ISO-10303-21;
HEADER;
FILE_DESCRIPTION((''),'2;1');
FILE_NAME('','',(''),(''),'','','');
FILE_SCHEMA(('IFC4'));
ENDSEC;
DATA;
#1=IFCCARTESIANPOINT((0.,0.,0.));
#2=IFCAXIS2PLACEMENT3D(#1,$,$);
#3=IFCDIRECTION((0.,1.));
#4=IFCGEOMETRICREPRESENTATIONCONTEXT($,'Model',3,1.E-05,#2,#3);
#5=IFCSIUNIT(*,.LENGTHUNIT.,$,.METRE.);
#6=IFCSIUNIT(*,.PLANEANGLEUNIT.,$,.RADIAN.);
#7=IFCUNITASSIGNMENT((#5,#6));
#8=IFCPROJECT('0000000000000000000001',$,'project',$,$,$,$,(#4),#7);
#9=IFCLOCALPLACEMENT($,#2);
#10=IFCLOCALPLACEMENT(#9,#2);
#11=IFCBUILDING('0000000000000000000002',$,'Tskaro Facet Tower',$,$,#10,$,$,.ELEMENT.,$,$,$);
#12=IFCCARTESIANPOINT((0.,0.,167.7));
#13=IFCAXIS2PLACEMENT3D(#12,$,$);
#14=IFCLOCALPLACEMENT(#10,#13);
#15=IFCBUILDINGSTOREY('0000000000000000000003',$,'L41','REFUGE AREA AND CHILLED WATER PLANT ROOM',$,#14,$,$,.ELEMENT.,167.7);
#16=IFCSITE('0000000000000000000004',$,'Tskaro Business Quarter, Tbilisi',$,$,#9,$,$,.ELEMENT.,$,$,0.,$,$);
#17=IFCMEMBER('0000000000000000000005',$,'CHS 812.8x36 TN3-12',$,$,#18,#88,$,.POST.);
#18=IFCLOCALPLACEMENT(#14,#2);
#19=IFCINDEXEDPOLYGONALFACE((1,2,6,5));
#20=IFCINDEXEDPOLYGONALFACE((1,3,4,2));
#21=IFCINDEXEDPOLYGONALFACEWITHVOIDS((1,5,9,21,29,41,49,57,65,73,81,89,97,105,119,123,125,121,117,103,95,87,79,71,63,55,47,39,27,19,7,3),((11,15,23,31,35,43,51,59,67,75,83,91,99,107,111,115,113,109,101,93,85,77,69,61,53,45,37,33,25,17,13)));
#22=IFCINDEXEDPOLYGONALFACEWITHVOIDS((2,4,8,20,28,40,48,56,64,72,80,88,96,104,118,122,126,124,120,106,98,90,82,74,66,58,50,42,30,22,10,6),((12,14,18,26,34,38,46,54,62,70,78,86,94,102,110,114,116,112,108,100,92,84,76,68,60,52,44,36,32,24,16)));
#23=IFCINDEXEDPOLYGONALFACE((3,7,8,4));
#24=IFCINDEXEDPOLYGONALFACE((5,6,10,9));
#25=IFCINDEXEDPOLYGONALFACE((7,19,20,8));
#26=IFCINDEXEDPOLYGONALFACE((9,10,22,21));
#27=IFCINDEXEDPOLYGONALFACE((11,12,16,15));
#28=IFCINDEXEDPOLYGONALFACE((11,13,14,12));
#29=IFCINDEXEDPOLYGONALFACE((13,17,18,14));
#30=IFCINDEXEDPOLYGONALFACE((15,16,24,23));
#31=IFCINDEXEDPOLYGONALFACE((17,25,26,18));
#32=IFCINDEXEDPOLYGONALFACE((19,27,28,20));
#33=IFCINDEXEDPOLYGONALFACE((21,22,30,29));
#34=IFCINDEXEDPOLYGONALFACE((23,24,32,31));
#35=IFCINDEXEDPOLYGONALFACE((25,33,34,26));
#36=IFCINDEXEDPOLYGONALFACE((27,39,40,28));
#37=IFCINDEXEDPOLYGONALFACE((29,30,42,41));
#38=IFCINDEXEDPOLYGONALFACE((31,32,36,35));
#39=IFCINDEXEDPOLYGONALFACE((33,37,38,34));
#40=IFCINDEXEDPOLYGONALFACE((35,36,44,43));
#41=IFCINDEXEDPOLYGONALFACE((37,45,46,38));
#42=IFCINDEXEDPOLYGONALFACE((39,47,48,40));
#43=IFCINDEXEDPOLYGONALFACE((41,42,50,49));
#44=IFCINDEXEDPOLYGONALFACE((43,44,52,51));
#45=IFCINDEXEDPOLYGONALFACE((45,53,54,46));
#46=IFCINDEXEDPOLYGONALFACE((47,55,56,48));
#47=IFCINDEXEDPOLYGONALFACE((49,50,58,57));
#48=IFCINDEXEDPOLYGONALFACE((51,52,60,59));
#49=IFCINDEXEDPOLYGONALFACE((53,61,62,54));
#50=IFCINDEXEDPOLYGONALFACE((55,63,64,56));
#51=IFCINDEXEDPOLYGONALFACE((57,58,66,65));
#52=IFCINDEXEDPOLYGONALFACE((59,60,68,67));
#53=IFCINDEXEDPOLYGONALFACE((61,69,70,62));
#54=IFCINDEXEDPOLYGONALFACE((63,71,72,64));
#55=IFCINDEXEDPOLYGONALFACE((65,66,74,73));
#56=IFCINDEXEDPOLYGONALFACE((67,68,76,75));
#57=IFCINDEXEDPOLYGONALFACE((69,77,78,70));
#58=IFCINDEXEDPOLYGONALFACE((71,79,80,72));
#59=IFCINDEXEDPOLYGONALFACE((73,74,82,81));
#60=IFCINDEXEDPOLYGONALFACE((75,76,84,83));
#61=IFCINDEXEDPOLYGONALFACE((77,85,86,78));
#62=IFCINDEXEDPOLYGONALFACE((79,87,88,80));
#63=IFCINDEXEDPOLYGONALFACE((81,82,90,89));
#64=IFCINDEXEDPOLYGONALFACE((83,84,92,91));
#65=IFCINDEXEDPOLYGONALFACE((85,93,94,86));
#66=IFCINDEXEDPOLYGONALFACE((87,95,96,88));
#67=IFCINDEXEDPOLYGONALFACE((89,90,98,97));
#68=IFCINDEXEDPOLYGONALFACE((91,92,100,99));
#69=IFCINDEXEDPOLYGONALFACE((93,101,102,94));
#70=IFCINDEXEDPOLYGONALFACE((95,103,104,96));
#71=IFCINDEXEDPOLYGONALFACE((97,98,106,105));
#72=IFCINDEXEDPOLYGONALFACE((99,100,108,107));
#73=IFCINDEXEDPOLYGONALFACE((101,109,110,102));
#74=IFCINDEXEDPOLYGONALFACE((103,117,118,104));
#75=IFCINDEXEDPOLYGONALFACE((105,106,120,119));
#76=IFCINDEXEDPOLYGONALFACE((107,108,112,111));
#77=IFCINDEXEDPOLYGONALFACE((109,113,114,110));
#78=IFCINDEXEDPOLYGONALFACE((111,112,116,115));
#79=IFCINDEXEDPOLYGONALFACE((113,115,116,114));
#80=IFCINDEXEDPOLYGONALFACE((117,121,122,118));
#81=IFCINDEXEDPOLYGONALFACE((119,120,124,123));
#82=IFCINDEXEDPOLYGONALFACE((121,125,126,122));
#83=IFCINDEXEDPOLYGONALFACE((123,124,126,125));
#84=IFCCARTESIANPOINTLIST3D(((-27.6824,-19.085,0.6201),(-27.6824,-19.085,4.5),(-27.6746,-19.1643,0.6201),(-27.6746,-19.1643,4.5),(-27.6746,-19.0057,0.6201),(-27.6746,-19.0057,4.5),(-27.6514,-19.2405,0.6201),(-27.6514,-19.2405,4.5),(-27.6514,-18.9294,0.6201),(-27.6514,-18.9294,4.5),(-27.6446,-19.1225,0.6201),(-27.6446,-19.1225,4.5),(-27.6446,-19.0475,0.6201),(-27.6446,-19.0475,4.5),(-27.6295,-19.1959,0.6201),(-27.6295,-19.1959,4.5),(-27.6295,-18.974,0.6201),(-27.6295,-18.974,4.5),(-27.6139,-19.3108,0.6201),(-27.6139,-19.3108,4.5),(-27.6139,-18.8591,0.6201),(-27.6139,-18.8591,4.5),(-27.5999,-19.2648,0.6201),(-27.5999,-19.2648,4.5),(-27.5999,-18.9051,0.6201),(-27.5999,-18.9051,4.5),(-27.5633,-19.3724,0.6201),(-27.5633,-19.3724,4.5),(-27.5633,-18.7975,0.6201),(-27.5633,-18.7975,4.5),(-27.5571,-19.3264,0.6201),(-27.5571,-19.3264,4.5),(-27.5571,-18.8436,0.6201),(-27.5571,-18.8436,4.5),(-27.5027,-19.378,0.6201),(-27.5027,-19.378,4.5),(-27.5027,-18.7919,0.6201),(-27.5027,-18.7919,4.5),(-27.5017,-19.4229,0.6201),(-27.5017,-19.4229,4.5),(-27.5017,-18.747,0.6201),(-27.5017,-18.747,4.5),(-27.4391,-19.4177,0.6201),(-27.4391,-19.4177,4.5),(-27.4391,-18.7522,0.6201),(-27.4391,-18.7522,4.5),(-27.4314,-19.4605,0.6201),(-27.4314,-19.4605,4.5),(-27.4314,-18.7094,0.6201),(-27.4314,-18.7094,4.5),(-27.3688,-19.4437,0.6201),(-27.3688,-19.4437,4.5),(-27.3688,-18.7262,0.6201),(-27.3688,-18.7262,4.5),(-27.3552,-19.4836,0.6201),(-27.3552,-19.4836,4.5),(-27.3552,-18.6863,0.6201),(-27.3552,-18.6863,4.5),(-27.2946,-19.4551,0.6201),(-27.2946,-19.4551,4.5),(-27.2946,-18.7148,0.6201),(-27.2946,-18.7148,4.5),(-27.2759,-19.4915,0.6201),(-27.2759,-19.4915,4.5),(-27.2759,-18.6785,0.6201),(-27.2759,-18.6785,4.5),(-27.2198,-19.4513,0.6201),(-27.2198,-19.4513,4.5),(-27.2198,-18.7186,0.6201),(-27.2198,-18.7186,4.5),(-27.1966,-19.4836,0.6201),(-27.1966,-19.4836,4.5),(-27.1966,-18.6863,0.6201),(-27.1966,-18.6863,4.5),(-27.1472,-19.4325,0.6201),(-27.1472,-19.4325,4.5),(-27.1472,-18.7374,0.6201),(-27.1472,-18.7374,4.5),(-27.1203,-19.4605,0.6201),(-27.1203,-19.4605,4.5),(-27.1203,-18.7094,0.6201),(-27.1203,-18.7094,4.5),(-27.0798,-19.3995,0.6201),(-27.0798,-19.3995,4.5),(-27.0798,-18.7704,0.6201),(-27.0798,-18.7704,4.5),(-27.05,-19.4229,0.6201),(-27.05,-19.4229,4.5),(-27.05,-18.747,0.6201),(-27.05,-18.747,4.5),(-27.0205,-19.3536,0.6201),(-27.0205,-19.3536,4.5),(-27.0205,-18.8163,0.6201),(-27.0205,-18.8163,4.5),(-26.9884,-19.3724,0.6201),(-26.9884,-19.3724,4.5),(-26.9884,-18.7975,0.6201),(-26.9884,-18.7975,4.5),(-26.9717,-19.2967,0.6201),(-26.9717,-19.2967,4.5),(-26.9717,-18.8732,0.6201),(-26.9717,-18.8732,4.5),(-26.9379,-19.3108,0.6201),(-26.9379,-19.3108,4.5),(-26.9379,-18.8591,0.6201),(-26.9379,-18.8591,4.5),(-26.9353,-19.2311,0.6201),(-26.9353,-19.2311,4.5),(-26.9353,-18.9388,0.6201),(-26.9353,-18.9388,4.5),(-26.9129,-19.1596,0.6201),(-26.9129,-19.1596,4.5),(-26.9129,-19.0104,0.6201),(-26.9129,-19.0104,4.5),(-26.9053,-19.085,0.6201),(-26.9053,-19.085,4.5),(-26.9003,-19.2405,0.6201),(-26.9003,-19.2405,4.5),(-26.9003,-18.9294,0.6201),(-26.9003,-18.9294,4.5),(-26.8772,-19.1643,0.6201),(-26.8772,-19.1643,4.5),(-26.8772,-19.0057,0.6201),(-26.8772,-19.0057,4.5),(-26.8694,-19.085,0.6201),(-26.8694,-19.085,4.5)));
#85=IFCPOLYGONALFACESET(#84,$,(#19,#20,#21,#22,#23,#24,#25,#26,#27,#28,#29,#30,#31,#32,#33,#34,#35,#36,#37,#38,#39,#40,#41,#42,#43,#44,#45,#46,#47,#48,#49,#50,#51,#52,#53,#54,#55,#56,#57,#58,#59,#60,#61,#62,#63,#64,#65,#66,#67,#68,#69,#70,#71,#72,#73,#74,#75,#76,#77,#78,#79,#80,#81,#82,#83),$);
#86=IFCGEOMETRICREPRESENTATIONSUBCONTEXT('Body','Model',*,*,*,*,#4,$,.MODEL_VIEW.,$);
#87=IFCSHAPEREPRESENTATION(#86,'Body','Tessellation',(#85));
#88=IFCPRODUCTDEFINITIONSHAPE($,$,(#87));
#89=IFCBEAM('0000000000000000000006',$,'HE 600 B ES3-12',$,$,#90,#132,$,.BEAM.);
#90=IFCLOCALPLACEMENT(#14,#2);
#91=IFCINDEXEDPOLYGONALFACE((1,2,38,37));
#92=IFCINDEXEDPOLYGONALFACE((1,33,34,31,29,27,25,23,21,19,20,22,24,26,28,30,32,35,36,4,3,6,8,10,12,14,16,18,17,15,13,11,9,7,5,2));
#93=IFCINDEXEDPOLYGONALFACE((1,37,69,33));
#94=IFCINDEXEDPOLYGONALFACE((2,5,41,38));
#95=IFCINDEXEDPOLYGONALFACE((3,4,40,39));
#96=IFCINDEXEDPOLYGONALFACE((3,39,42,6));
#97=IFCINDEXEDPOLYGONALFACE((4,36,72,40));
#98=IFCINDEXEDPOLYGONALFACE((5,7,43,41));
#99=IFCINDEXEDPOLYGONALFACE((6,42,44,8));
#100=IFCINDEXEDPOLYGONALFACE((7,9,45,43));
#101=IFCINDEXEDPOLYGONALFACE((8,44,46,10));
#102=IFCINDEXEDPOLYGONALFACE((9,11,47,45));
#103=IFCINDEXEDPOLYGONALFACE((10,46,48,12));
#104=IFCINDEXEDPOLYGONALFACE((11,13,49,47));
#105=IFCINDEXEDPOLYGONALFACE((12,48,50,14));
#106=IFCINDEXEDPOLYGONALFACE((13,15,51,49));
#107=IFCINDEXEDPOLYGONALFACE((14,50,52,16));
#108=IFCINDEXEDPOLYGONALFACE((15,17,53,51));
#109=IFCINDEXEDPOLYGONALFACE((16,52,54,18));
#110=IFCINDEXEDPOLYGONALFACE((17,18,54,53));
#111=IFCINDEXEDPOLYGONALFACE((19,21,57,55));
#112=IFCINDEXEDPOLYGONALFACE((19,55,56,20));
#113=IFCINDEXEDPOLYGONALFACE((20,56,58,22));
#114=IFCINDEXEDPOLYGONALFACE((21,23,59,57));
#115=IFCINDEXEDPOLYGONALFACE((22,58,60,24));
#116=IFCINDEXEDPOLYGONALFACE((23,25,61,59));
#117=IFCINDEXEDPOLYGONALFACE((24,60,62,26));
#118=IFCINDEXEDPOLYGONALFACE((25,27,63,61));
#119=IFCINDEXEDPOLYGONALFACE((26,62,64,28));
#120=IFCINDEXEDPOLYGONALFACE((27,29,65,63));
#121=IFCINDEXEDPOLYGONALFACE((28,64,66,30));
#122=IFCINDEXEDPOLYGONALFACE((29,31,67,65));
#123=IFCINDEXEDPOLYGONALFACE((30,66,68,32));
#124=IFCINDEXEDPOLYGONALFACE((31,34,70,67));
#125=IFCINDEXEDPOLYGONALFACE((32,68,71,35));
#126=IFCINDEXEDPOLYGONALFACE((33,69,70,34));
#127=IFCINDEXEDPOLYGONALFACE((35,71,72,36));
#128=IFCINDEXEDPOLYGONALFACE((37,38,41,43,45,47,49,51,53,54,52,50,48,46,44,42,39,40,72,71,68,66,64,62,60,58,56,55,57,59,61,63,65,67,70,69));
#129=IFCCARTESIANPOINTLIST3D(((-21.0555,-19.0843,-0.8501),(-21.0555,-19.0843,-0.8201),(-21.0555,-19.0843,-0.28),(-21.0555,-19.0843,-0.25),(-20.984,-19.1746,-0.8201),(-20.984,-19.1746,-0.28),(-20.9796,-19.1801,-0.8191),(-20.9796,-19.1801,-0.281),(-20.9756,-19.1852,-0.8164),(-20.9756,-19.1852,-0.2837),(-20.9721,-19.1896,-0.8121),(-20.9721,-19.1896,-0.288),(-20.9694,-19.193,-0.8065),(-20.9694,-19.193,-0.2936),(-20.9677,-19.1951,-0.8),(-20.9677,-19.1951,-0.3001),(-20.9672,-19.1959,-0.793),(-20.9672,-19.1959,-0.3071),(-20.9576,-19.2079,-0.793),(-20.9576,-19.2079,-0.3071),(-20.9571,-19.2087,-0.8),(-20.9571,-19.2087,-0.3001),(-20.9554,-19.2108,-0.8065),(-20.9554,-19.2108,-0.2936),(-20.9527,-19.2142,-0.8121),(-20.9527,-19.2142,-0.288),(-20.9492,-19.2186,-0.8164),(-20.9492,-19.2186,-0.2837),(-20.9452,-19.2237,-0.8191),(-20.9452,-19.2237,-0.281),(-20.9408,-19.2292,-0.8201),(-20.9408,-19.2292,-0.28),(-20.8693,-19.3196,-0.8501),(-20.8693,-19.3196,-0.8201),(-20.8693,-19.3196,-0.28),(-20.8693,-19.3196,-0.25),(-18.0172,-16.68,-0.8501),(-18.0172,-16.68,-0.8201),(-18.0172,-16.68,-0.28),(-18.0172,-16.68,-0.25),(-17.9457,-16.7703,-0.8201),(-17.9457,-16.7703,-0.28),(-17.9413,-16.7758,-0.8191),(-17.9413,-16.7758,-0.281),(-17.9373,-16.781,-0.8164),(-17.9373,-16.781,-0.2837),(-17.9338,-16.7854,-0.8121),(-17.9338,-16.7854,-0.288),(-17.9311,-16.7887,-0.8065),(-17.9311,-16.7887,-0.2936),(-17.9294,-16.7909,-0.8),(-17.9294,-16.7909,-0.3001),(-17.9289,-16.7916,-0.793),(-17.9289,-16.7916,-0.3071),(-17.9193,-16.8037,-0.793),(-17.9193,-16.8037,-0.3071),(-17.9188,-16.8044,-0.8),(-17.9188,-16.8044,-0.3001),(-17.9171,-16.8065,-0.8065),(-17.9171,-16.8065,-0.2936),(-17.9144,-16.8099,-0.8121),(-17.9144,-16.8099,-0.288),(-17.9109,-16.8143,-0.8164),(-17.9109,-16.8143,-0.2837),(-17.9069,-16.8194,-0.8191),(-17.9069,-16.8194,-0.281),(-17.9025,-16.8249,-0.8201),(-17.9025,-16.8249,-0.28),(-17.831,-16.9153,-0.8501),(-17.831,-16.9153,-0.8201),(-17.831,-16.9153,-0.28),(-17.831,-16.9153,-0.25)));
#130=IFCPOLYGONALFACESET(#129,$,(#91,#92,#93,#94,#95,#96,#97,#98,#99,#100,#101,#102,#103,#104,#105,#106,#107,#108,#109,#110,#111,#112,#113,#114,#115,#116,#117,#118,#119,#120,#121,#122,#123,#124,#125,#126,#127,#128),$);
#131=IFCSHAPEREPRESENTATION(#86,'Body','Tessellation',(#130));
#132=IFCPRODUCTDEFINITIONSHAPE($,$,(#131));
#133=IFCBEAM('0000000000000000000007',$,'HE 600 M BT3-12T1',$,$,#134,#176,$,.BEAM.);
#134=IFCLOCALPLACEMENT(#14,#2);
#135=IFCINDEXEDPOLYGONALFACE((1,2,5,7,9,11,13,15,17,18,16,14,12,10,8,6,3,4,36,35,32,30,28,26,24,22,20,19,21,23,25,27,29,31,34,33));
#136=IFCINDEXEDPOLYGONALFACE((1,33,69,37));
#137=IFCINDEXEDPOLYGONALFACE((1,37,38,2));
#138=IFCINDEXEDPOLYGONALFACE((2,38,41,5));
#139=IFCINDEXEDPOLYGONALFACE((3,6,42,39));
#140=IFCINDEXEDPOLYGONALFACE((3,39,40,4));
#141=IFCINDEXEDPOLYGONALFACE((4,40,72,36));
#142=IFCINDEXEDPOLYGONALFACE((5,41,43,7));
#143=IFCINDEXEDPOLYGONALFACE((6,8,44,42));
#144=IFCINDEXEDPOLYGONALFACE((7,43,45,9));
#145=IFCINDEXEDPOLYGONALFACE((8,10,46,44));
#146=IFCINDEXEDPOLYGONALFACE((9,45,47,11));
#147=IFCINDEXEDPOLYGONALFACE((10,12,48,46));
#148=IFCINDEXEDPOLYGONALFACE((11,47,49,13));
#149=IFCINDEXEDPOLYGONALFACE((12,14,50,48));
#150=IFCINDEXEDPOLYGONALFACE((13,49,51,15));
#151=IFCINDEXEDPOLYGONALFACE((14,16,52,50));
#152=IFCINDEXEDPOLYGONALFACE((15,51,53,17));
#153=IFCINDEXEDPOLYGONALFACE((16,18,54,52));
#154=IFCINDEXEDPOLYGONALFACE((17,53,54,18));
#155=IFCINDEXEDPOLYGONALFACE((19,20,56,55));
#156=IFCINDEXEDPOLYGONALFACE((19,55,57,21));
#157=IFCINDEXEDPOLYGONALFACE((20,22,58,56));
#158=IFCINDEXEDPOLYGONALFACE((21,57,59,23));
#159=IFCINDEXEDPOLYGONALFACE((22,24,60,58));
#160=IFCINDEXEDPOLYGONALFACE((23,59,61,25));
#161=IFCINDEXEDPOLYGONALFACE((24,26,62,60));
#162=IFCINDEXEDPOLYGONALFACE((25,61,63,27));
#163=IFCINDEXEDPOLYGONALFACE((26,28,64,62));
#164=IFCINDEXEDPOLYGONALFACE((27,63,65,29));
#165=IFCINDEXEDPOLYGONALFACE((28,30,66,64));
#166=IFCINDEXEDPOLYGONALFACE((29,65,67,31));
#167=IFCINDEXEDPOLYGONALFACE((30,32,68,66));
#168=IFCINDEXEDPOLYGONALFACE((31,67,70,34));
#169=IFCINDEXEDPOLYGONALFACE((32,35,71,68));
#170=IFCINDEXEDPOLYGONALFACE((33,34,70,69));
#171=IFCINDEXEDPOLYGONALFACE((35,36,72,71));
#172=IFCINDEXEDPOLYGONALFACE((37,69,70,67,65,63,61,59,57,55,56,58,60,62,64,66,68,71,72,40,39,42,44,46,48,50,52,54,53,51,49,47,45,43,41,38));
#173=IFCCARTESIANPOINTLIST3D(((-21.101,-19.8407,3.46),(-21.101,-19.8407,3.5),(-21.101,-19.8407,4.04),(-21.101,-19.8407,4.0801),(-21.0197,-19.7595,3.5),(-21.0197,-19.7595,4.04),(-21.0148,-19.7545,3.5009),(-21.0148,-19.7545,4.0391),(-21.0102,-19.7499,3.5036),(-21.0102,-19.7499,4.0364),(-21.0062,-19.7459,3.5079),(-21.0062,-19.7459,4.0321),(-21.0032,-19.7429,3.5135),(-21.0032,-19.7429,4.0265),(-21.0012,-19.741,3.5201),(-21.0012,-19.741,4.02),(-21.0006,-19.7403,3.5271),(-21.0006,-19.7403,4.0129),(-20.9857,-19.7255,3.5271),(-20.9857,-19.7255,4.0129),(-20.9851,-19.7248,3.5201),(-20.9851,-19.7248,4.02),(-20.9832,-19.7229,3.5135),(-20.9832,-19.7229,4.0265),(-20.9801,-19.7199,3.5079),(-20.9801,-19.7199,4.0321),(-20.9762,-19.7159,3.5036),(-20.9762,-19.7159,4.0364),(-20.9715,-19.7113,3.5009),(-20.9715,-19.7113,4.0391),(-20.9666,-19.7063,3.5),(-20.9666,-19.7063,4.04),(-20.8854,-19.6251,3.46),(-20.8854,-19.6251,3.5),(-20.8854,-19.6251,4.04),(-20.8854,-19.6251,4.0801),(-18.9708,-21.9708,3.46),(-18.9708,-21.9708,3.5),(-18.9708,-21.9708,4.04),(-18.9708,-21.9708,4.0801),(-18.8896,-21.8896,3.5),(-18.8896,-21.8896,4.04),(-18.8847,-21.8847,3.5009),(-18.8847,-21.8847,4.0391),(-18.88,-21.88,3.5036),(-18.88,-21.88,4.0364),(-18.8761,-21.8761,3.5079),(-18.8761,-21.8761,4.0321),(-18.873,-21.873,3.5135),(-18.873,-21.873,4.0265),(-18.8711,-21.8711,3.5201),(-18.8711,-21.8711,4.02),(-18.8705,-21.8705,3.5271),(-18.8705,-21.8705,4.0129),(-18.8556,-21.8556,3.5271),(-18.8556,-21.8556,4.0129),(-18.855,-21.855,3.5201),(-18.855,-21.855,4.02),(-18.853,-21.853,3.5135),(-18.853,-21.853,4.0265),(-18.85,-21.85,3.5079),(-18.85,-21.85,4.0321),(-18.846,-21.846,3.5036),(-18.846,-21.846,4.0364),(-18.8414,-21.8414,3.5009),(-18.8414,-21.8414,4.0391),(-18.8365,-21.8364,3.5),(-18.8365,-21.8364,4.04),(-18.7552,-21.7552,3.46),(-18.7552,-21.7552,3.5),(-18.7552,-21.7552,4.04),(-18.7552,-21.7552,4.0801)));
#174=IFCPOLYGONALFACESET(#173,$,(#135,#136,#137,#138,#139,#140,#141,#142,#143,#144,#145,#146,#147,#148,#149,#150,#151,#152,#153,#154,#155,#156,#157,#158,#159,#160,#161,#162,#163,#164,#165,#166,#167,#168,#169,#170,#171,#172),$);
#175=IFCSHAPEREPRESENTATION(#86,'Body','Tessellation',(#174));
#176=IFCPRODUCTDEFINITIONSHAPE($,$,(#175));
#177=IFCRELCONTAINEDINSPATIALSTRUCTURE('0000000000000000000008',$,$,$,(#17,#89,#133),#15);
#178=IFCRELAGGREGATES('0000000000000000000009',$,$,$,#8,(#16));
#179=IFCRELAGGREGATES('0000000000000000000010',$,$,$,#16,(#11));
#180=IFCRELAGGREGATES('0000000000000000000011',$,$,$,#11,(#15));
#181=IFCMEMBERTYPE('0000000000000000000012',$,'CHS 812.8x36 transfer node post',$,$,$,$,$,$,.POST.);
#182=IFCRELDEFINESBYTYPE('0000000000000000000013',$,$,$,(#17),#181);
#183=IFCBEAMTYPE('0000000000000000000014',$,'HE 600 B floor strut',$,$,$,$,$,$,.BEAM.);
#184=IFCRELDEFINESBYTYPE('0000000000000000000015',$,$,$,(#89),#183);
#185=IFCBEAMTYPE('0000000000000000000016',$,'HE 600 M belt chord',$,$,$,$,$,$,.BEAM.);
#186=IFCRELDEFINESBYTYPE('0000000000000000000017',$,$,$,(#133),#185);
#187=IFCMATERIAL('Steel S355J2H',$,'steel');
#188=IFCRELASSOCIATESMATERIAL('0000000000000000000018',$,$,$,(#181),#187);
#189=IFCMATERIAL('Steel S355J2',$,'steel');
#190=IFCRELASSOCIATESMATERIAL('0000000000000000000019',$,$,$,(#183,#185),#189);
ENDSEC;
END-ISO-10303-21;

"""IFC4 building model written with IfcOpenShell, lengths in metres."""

from ifc_helpers import new_model, si_unit, direction, frame, origin, origin_2d, place, context, subcontext, project, spatial, hollow_circle, i_section, extrude, material, material_profile, profile_set, type_object, element, save


model = new_model("IFC4")

# Units and contexts
model_context = context("Model", 3, precision=1e-05, world=origin(), true_north=direction((0.0, 1.0)))
body_context = subcontext(model_context, "Body", "Model", "MODEL_VIEW")
ifc_project = project(units=[si_unit("LENGTHUNIT", "METRE"), si_unit("PLANEANGLEUNIT", "RADIAN")], contexts=[model_context])

# Site, building, storey
site_placement = place(None, origin())
site = spatial("IfcSite", under=ifc_project, at=site_placement, Name="Tskaro Business Quarter, Tbilisi", CompositionType="ELEMENT", RefElevation=0.0)
building_placement = place(site_placement, origin())
building = spatial("IfcBuilding", under=site, at=building_placement, Name="Tskaro Facet Tower", CompositionType="ELEMENT")
storey_placement = place(building_placement, frame((0.0, 0.0, 167.7)))
storey = spatial("IfcBuildingStorey", under=building, at=storey_placement, Name="L41", Description="REFUGE AREA AND CHILLED WATER PLANT ROOM", CompositionType="ELEMENT", Elevation=167.7)

# Shared definitions
ifc_material_1 = material(Name="Steel S355J2H", Category="steel")

# Shared definitions
ifc_material_2 = material(Name="Steel S355J2", Category="steel")

# Member
ifc_material_profile_1 = material_profile(ifc_material_1, hollow_circle(Radius=0.4065, WallThickness=0.0359, at=origin_2d()), Name="CHS 812.8x36")
ifc_profile_set_1 = profile_set([ifc_material_profile_1], Name="Steel S355J2H")
member_type_1 = type_object("IfcMemberType", Name="CHS 812.8x36 transfer node post", PredefinedType="POST", material=ifc_profile_set_1)
for number, where, z_axis, x_axis, name in (
    (1, (-27.2759, -19.085, 0.6201), (0.0, 0.0, 1.0), (1.0, 0.0, 0.0), "CHS 812.8x36 TN3-12"),
):
    element("IfcMember", number, at=place(storey_placement, frame(where, z_axis=z_axis, x_axis=x_axis)), inside=storey, type_object=member_type_1, Name=name, PredefinedType="POST", context=body_context, shape_type="SweptSolid", body=[
        extrude(hollow_circle(Radius=0.4065, WallThickness=0.0359, at=origin_2d()), origin(), (0.0, 0.0, 1.0), 3.8799),
    ])

# Beams
ifc_material_profile_2 = material_profile(ifc_material_2, i_section(OverallWidth=0.3, OverallDepth=0.6001, WebThickness=0.0154, FlangeThickness=0.03, FilletRadius=0.0271, at=origin_2d()), Name="HE 600 B")
ifc_profile_set_2 = profile_set([ifc_material_profile_2], Name="Steel S355J2")
beam_type_1 = type_object("IfcBeamType", Name="HE 600 B floor strut", PredefinedType="BEAM", material=ifc_profile_set_2)
beam_1_placement = place(storey_placement, frame((-20.9624, -19.2019, -0.55), z_axis=(0.784177, 0.620537, 0.0), x_axis=(-0.620537, 0.784177, 0.0)))
element("IfcBeam", 2, at=beam_1_placement, inside=storey, type_object=beam_type_1, Name="HE 600 B ES3-12", PredefinedType="BEAM", context=body_context, shape_type="SweptSolid", body=[
    extrude(i_section(OverallWidth=0.3, OverallDepth=0.6001, WebThickness=0.0154, FlangeThickness=0.03, FilletRadius=0.0271, at=origin_2d()), origin(), (0.0, 0.0, 1.0), 3.8745),
])
ifc_material_profile_3 = material_profile(ifc_material_2, i_section(OverallWidth=0.3049, OverallDepth=0.6201, WebThickness=0.021, FlangeThickness=0.04, FilletRadius=0.0271, at=origin_2d()), Name="HE 600 M")
ifc_profile_set_3 = profile_set([ifc_material_profile_3], Name="Steel S355J2")
beam_type_2 = type_object("IfcBeamType", Name="HE 600 M belt chord", PredefinedType="BEAM", material=ifc_profile_set_3)
for number, where, z_axis, x_axis, name in (
    (3, (-20.9932, -19.7329, 3.77), (0.707107, -0.707107, 0.0), (0.707107, 0.707107, 0.0), "HE 600 M BT3-12T1"),
):
    element("IfcBeam", number, at=place(storey_placement, frame(where, z_axis=z_axis, x_axis=x_axis)), inside=storey, type_object=beam_type_2, Name=name, PredefinedType="BEAM", context=body_context, shape_type="SweptSolid", body=[
        extrude(i_section(OverallWidth=0.3049, OverallDepth=0.6201, WebThickness=0.021, FlangeThickness=0.04, FilletRadius=0.0271, at=origin_2d()), origin(), (0.0, 0.0, 1.0), 3.0125),
    ])

save(model, "model.ifc")
